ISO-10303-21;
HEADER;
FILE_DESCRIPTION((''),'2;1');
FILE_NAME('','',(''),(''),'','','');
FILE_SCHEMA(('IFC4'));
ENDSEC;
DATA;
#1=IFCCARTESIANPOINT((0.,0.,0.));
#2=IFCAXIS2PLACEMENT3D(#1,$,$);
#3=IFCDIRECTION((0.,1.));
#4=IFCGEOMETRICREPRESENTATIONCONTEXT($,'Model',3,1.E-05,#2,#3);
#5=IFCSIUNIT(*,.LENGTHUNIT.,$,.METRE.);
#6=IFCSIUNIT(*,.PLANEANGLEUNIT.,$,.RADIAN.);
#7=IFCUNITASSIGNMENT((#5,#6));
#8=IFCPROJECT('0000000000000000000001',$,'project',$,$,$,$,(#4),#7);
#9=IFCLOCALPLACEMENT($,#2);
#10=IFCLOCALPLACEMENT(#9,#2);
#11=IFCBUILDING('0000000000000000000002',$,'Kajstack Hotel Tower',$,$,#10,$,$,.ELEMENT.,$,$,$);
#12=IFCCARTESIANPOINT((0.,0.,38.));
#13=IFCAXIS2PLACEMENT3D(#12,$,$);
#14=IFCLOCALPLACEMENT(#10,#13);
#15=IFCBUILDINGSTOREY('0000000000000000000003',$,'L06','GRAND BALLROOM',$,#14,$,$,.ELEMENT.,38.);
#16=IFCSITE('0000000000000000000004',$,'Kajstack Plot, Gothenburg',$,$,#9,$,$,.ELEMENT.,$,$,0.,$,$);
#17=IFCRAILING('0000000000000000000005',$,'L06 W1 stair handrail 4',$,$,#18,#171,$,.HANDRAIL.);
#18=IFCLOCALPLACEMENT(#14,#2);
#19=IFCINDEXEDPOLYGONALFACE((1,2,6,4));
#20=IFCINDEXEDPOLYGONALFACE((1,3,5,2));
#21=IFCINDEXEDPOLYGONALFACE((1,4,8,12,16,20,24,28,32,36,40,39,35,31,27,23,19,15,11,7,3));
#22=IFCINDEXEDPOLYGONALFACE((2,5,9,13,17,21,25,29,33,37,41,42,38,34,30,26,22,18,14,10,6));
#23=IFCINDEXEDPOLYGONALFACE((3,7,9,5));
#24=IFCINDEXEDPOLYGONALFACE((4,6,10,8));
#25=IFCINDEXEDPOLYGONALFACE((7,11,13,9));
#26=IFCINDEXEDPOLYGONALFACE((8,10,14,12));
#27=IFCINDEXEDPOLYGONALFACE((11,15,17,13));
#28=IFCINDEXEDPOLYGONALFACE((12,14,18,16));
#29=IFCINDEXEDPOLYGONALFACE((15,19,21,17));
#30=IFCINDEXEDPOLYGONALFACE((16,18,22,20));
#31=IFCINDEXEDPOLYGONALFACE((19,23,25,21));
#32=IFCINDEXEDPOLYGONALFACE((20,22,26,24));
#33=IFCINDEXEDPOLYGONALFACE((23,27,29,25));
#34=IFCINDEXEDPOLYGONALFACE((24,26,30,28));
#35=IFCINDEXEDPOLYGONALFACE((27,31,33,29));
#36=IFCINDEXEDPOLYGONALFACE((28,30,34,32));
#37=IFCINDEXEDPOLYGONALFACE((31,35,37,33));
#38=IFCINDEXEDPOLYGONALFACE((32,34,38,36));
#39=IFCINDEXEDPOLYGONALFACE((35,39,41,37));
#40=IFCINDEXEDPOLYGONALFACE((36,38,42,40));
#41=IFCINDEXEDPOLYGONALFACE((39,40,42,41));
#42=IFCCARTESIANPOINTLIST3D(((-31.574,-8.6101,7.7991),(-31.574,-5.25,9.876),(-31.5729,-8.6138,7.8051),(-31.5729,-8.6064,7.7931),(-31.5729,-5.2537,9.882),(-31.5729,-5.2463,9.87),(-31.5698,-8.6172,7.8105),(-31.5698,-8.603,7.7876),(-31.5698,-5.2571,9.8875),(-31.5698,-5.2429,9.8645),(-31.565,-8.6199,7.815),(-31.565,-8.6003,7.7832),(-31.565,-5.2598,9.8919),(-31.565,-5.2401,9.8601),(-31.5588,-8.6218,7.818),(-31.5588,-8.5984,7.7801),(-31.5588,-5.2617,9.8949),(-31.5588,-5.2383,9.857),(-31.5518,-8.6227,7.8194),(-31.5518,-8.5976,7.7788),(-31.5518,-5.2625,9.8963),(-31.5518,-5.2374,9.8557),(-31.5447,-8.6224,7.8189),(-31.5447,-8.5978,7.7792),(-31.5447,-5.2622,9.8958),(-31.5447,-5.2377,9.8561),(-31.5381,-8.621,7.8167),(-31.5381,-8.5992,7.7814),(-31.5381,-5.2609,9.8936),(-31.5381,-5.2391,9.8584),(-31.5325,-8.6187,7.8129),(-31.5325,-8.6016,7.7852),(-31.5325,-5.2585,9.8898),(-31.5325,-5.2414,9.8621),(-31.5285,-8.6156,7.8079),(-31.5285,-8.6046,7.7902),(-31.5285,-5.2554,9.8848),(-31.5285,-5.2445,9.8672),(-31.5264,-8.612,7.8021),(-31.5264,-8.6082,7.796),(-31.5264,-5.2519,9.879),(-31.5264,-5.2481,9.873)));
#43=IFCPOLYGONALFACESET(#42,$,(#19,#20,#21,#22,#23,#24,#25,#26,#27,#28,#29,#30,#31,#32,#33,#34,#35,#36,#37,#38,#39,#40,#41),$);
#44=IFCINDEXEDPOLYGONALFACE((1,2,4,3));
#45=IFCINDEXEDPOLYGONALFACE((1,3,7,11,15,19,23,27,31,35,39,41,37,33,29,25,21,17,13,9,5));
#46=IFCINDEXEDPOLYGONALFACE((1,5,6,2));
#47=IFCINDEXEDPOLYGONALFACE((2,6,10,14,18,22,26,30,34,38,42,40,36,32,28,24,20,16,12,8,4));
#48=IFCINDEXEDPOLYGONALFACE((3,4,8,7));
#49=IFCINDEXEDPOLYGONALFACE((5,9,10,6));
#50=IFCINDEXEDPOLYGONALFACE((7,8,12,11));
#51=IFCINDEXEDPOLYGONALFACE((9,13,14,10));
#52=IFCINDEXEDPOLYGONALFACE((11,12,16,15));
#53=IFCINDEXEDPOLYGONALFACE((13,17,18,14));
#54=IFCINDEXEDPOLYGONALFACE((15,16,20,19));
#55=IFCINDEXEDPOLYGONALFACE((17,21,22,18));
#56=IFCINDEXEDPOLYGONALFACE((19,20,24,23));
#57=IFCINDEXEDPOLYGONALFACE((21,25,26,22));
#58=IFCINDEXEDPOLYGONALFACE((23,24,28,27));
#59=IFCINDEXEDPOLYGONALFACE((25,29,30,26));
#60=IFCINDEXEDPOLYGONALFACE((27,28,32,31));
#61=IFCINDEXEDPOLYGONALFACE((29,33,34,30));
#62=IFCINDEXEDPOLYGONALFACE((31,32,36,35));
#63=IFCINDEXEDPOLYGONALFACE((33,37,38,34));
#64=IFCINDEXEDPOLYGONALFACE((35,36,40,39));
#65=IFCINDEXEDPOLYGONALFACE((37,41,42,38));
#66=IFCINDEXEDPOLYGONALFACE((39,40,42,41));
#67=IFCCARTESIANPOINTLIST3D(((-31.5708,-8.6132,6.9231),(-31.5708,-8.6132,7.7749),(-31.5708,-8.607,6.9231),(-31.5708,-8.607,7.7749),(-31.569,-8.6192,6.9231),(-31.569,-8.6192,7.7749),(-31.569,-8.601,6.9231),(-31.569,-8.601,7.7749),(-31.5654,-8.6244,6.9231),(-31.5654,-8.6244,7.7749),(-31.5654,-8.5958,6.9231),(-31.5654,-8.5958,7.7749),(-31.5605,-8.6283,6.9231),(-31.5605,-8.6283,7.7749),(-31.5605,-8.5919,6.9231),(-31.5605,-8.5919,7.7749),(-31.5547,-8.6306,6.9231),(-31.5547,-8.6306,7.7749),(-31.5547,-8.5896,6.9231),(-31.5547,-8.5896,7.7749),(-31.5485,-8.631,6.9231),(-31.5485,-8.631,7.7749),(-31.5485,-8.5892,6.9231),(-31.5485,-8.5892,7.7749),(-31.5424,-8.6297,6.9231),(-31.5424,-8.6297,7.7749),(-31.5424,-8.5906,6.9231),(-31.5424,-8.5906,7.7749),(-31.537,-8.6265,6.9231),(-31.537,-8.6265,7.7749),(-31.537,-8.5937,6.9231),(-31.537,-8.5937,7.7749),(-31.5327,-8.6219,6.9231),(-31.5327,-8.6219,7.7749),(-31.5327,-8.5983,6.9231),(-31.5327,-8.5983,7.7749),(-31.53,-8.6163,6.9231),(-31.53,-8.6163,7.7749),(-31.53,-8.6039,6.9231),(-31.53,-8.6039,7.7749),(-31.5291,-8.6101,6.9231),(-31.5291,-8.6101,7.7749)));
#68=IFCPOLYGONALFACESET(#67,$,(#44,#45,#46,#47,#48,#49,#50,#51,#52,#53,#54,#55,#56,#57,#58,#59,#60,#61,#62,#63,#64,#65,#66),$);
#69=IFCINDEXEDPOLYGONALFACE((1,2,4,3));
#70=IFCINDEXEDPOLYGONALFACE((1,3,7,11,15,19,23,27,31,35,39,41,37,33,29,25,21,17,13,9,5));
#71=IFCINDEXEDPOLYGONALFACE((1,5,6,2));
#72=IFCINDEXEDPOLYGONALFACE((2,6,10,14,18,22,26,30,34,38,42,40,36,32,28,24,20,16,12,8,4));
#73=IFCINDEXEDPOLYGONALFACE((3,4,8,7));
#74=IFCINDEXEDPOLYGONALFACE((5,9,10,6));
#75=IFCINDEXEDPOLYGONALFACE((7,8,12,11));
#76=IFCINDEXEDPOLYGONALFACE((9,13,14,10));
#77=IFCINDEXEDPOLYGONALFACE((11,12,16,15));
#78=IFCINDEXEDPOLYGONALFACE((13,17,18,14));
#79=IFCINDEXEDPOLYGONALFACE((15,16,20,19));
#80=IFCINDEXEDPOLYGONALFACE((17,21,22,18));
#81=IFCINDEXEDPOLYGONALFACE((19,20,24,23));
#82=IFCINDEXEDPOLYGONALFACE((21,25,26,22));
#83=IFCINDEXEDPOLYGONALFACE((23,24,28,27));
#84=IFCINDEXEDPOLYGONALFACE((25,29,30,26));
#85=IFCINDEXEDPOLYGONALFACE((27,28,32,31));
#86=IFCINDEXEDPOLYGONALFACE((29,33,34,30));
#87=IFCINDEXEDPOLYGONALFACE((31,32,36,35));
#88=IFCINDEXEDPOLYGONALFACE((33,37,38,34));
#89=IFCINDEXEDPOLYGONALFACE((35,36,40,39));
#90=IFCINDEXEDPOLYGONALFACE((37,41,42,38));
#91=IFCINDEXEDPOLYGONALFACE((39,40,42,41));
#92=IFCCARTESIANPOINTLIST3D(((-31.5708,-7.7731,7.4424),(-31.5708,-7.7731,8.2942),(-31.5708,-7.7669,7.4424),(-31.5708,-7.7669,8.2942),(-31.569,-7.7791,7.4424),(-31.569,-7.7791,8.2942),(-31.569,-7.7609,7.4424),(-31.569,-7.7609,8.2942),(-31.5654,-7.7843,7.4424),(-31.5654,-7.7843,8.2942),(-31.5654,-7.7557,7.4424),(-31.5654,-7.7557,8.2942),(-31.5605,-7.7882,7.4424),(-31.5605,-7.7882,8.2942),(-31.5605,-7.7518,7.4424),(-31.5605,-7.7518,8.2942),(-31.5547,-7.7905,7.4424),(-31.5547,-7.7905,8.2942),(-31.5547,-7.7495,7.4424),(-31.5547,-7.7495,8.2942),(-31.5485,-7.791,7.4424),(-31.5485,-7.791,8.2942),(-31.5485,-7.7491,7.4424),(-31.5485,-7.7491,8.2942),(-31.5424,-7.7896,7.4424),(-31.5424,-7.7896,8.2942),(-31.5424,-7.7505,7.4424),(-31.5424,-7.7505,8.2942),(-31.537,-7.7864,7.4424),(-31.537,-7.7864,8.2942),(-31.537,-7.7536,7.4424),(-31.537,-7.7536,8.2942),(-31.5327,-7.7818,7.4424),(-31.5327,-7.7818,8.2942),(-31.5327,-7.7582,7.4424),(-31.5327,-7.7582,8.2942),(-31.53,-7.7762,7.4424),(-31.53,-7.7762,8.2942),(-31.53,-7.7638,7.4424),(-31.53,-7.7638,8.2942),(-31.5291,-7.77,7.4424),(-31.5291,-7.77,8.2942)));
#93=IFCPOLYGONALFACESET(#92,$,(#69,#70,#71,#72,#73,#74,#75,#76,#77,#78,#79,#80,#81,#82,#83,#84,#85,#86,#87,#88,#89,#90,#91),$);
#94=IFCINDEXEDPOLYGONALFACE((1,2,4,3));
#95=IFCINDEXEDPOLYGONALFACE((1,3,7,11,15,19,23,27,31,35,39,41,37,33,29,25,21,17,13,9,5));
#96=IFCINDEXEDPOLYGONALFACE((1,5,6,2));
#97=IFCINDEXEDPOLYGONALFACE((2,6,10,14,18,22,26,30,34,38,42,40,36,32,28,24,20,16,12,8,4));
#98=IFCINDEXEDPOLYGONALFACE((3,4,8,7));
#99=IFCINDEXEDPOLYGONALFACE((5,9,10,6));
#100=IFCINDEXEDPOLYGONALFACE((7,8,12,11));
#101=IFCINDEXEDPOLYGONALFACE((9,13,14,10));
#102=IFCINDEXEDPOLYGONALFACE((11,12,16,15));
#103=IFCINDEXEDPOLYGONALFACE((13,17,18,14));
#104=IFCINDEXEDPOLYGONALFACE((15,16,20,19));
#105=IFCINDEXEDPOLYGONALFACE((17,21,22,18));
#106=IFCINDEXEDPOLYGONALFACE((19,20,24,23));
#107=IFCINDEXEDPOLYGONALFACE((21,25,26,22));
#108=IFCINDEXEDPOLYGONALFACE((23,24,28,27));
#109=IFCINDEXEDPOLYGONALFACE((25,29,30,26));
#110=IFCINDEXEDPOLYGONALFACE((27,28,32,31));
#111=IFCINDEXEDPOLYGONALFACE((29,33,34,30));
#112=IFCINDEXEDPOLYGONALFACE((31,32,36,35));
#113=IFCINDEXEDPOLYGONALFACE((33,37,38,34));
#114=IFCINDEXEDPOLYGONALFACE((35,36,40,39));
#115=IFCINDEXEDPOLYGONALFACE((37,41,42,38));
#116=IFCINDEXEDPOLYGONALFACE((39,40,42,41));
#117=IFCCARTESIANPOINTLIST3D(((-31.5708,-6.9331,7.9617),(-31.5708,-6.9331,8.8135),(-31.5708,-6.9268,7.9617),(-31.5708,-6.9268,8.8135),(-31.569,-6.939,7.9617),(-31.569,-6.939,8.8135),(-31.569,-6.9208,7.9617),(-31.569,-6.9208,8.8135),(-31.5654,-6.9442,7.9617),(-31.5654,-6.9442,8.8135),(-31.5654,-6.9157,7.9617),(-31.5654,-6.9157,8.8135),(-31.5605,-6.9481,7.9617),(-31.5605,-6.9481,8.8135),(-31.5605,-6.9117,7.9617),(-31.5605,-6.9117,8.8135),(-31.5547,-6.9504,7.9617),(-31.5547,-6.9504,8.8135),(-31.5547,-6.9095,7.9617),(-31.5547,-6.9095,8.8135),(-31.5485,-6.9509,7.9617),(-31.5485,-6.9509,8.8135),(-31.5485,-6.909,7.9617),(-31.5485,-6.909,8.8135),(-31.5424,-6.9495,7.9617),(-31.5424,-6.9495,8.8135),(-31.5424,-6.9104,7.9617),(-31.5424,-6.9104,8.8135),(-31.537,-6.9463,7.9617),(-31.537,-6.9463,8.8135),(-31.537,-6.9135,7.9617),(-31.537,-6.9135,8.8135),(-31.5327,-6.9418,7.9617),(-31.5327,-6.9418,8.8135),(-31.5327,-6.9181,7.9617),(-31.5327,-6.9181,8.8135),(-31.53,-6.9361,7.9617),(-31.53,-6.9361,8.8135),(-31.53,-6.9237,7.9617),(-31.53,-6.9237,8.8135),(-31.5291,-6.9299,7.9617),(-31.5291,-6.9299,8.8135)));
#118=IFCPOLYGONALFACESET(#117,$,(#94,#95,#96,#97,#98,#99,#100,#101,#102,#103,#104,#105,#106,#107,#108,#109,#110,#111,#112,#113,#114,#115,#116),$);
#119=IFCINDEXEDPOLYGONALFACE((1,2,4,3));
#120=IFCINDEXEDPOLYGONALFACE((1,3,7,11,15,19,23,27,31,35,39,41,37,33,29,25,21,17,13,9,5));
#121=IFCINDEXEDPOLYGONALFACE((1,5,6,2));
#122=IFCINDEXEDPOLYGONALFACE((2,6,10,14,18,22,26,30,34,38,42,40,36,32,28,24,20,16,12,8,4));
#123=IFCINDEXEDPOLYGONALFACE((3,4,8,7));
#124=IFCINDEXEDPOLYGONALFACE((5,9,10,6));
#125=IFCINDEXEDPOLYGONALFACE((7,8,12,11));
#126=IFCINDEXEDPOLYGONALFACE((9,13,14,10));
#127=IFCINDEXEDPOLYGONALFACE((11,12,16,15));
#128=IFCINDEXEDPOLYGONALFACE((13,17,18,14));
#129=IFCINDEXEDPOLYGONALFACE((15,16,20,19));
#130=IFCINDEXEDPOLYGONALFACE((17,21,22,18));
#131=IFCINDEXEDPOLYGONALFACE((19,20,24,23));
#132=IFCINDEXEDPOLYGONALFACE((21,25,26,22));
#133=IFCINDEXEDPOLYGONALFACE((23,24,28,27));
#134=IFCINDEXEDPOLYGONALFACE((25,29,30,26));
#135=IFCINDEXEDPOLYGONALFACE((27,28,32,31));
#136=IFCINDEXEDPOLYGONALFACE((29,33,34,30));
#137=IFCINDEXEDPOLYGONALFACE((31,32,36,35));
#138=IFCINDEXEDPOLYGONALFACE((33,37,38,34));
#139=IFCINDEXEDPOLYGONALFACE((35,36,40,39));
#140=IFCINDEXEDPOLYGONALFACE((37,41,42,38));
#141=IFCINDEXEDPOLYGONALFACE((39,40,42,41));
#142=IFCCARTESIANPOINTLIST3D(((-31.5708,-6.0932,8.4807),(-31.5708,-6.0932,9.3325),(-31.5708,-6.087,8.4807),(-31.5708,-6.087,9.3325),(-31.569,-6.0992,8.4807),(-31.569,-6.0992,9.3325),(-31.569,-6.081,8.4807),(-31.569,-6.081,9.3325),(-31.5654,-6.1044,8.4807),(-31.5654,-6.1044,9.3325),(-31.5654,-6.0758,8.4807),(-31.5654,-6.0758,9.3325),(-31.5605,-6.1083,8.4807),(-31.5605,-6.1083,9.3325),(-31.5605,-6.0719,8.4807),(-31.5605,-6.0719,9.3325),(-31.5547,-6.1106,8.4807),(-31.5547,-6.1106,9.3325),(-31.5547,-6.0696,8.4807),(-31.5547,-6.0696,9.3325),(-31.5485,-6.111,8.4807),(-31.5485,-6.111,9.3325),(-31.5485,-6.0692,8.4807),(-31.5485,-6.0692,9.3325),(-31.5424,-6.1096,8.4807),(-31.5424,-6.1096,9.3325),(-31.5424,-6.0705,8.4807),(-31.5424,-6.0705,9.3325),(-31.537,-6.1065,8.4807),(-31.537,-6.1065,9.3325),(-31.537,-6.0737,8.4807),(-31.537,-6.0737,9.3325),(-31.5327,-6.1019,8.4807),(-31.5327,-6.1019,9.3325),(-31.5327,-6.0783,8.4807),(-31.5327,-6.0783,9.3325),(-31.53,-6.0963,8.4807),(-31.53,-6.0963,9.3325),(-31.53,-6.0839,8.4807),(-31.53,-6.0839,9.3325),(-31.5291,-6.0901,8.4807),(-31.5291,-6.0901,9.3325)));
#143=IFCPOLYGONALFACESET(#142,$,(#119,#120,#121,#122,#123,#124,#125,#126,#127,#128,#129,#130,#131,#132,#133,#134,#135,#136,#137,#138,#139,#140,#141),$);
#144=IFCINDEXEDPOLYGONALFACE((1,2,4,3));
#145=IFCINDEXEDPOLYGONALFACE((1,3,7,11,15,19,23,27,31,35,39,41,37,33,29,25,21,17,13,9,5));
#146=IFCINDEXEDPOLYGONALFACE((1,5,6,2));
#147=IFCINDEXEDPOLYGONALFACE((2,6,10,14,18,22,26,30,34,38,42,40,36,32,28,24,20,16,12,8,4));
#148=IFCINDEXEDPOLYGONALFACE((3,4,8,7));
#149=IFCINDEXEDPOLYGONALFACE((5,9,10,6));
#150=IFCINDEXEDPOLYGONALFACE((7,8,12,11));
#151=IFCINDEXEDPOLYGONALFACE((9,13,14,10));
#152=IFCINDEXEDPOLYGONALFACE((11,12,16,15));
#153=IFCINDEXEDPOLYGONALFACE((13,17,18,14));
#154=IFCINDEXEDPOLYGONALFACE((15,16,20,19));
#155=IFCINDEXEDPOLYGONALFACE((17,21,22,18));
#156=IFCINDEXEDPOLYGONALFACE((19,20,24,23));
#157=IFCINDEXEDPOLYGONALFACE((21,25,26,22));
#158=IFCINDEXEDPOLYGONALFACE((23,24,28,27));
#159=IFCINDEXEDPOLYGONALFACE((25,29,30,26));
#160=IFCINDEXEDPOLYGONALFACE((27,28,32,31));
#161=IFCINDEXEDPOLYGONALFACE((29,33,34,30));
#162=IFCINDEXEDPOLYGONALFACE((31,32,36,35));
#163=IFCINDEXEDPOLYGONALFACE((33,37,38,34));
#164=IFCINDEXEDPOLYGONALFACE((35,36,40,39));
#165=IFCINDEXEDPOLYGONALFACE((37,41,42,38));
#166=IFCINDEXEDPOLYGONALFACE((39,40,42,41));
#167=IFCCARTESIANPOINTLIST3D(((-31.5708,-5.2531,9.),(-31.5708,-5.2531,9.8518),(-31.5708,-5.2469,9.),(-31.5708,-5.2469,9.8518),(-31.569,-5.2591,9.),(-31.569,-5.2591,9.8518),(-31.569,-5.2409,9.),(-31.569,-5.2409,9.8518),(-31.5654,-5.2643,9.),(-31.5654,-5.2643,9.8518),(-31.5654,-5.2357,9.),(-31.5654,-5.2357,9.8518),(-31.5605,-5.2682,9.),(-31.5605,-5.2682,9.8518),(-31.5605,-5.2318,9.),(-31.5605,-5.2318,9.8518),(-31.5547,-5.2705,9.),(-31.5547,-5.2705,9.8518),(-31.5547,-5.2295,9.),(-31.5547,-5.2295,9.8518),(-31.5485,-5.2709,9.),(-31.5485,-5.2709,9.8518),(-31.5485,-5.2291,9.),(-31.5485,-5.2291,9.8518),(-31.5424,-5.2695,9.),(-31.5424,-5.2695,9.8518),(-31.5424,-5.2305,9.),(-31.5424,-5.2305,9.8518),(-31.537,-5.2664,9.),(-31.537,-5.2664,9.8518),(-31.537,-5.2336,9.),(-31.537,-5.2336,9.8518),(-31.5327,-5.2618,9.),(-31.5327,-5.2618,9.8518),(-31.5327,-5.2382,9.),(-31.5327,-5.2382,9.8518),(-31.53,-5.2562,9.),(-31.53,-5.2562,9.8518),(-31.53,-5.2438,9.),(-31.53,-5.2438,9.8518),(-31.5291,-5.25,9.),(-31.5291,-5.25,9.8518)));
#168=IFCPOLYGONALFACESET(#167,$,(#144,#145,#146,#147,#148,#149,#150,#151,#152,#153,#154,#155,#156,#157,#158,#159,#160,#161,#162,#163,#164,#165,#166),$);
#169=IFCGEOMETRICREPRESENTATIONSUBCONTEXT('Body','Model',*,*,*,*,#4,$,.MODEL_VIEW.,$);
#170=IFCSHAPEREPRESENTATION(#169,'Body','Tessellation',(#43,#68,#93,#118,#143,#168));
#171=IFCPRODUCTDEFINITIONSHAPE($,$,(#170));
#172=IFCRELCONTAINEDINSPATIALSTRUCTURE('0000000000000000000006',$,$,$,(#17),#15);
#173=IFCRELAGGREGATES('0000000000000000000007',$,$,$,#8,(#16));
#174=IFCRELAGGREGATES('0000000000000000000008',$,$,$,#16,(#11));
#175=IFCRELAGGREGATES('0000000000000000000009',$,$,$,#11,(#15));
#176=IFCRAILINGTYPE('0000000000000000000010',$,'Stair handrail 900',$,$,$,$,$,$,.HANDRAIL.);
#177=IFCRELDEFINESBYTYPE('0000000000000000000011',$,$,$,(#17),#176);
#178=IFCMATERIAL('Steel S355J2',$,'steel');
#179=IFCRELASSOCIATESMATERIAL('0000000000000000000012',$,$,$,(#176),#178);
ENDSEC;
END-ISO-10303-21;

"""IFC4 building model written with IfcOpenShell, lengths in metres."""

from ifc_helpers import new_model, si_unit, direction, frame, origin, origin_2d, place, context, subcontext, project, spatial, circle, extrude, material, type_object, element, save


model = new_model("IFC4")

# Units and contexts
model_context = context("Model", 3, precision=1e-05, world=origin(), true_north=direction((0.0, 1.0)))
body_context = subcontext(model_context, "Body", "Model", "MODEL_VIEW")
ifc_project = project(units=[si_unit("LENGTHUNIT", "METRE"), si_unit("PLANEANGLEUNIT", "RADIAN")], contexts=[model_context])

# Site, building, storey
site_placement = place(None, origin())
site = spatial("IfcSite", under=ifc_project, at=site_placement, Name="Kajstack Plot, Gothenburg", CompositionType="ELEMENT", RefElevation=0.0)
building_placement = place(site_placement, origin())
building = spatial("IfcBuilding", under=site, at=building_placement, Name="Kajstack Hotel Tower", CompositionType="ELEMENT")
storey_placement = place(building_placement, frame((0.0, 0.0, 38.0)))
storey = spatial("IfcBuildingStorey", under=building, at=storey_placement, Name="L06", Description="GRAND BALLROOM", CompositionType="ELEMENT", Elevation=38.0)

# Railing
ifc_material_1 = material(Name="Steel S355J2", Category="steel")
railing_type_1 = type_object("IfcRailingType", Name="Stair handrail 900", PredefinedType="HANDRAIL", material=ifc_material_1)
railing_1_placement = place(storey_placement, frame((-31.55, -8.6101, 6.9231)))
element("IfcRailing", 1, at=railing_1_placement, inside=storey, type_object=railing_type_1, Name="L06 W1 stair handrail 4", PredefinedType="HANDRAIL", context=body_context, shape_type="SweptSolid", body=[
    extrude(circle(Radius=0.0239, at=origin_2d()), frame((0.0, 0.0, 0.876), z_axis=(0.0, 0.850623, 0.525776), x_axis=(-1.0, 0.0, 0.0)), (0.0, 0.0, 1.0), 3.9502),
    extrude(circle(Radius=0.021, at=origin_2d()), origin(), (0.0, 0.0, 1.0), 0.8518),
    extrude(circle(Radius=0.021, at=origin_2d()), frame((0.0, 0.8401, 0.5193)), (0.0, 0.0, 1.0), 0.8518),
    extrude(circle(Radius=0.021, at=origin_2d()), frame((0.0, 1.6802, 1.0386)), (0.0, 0.0, 1.0), 0.8518),
    extrude(circle(Radius=0.021, at=origin_2d()), frame((0.0, 2.52, 1.5576)), (0.0, 0.0, 1.0), 0.8518),
    extrude(circle(Radius=0.021, at=origin_2d()), frame((0.0, 3.3601, 2.0769)), (0.0, 0.0, 1.0), 0.8518),
])

save(model, "model.ifc")
